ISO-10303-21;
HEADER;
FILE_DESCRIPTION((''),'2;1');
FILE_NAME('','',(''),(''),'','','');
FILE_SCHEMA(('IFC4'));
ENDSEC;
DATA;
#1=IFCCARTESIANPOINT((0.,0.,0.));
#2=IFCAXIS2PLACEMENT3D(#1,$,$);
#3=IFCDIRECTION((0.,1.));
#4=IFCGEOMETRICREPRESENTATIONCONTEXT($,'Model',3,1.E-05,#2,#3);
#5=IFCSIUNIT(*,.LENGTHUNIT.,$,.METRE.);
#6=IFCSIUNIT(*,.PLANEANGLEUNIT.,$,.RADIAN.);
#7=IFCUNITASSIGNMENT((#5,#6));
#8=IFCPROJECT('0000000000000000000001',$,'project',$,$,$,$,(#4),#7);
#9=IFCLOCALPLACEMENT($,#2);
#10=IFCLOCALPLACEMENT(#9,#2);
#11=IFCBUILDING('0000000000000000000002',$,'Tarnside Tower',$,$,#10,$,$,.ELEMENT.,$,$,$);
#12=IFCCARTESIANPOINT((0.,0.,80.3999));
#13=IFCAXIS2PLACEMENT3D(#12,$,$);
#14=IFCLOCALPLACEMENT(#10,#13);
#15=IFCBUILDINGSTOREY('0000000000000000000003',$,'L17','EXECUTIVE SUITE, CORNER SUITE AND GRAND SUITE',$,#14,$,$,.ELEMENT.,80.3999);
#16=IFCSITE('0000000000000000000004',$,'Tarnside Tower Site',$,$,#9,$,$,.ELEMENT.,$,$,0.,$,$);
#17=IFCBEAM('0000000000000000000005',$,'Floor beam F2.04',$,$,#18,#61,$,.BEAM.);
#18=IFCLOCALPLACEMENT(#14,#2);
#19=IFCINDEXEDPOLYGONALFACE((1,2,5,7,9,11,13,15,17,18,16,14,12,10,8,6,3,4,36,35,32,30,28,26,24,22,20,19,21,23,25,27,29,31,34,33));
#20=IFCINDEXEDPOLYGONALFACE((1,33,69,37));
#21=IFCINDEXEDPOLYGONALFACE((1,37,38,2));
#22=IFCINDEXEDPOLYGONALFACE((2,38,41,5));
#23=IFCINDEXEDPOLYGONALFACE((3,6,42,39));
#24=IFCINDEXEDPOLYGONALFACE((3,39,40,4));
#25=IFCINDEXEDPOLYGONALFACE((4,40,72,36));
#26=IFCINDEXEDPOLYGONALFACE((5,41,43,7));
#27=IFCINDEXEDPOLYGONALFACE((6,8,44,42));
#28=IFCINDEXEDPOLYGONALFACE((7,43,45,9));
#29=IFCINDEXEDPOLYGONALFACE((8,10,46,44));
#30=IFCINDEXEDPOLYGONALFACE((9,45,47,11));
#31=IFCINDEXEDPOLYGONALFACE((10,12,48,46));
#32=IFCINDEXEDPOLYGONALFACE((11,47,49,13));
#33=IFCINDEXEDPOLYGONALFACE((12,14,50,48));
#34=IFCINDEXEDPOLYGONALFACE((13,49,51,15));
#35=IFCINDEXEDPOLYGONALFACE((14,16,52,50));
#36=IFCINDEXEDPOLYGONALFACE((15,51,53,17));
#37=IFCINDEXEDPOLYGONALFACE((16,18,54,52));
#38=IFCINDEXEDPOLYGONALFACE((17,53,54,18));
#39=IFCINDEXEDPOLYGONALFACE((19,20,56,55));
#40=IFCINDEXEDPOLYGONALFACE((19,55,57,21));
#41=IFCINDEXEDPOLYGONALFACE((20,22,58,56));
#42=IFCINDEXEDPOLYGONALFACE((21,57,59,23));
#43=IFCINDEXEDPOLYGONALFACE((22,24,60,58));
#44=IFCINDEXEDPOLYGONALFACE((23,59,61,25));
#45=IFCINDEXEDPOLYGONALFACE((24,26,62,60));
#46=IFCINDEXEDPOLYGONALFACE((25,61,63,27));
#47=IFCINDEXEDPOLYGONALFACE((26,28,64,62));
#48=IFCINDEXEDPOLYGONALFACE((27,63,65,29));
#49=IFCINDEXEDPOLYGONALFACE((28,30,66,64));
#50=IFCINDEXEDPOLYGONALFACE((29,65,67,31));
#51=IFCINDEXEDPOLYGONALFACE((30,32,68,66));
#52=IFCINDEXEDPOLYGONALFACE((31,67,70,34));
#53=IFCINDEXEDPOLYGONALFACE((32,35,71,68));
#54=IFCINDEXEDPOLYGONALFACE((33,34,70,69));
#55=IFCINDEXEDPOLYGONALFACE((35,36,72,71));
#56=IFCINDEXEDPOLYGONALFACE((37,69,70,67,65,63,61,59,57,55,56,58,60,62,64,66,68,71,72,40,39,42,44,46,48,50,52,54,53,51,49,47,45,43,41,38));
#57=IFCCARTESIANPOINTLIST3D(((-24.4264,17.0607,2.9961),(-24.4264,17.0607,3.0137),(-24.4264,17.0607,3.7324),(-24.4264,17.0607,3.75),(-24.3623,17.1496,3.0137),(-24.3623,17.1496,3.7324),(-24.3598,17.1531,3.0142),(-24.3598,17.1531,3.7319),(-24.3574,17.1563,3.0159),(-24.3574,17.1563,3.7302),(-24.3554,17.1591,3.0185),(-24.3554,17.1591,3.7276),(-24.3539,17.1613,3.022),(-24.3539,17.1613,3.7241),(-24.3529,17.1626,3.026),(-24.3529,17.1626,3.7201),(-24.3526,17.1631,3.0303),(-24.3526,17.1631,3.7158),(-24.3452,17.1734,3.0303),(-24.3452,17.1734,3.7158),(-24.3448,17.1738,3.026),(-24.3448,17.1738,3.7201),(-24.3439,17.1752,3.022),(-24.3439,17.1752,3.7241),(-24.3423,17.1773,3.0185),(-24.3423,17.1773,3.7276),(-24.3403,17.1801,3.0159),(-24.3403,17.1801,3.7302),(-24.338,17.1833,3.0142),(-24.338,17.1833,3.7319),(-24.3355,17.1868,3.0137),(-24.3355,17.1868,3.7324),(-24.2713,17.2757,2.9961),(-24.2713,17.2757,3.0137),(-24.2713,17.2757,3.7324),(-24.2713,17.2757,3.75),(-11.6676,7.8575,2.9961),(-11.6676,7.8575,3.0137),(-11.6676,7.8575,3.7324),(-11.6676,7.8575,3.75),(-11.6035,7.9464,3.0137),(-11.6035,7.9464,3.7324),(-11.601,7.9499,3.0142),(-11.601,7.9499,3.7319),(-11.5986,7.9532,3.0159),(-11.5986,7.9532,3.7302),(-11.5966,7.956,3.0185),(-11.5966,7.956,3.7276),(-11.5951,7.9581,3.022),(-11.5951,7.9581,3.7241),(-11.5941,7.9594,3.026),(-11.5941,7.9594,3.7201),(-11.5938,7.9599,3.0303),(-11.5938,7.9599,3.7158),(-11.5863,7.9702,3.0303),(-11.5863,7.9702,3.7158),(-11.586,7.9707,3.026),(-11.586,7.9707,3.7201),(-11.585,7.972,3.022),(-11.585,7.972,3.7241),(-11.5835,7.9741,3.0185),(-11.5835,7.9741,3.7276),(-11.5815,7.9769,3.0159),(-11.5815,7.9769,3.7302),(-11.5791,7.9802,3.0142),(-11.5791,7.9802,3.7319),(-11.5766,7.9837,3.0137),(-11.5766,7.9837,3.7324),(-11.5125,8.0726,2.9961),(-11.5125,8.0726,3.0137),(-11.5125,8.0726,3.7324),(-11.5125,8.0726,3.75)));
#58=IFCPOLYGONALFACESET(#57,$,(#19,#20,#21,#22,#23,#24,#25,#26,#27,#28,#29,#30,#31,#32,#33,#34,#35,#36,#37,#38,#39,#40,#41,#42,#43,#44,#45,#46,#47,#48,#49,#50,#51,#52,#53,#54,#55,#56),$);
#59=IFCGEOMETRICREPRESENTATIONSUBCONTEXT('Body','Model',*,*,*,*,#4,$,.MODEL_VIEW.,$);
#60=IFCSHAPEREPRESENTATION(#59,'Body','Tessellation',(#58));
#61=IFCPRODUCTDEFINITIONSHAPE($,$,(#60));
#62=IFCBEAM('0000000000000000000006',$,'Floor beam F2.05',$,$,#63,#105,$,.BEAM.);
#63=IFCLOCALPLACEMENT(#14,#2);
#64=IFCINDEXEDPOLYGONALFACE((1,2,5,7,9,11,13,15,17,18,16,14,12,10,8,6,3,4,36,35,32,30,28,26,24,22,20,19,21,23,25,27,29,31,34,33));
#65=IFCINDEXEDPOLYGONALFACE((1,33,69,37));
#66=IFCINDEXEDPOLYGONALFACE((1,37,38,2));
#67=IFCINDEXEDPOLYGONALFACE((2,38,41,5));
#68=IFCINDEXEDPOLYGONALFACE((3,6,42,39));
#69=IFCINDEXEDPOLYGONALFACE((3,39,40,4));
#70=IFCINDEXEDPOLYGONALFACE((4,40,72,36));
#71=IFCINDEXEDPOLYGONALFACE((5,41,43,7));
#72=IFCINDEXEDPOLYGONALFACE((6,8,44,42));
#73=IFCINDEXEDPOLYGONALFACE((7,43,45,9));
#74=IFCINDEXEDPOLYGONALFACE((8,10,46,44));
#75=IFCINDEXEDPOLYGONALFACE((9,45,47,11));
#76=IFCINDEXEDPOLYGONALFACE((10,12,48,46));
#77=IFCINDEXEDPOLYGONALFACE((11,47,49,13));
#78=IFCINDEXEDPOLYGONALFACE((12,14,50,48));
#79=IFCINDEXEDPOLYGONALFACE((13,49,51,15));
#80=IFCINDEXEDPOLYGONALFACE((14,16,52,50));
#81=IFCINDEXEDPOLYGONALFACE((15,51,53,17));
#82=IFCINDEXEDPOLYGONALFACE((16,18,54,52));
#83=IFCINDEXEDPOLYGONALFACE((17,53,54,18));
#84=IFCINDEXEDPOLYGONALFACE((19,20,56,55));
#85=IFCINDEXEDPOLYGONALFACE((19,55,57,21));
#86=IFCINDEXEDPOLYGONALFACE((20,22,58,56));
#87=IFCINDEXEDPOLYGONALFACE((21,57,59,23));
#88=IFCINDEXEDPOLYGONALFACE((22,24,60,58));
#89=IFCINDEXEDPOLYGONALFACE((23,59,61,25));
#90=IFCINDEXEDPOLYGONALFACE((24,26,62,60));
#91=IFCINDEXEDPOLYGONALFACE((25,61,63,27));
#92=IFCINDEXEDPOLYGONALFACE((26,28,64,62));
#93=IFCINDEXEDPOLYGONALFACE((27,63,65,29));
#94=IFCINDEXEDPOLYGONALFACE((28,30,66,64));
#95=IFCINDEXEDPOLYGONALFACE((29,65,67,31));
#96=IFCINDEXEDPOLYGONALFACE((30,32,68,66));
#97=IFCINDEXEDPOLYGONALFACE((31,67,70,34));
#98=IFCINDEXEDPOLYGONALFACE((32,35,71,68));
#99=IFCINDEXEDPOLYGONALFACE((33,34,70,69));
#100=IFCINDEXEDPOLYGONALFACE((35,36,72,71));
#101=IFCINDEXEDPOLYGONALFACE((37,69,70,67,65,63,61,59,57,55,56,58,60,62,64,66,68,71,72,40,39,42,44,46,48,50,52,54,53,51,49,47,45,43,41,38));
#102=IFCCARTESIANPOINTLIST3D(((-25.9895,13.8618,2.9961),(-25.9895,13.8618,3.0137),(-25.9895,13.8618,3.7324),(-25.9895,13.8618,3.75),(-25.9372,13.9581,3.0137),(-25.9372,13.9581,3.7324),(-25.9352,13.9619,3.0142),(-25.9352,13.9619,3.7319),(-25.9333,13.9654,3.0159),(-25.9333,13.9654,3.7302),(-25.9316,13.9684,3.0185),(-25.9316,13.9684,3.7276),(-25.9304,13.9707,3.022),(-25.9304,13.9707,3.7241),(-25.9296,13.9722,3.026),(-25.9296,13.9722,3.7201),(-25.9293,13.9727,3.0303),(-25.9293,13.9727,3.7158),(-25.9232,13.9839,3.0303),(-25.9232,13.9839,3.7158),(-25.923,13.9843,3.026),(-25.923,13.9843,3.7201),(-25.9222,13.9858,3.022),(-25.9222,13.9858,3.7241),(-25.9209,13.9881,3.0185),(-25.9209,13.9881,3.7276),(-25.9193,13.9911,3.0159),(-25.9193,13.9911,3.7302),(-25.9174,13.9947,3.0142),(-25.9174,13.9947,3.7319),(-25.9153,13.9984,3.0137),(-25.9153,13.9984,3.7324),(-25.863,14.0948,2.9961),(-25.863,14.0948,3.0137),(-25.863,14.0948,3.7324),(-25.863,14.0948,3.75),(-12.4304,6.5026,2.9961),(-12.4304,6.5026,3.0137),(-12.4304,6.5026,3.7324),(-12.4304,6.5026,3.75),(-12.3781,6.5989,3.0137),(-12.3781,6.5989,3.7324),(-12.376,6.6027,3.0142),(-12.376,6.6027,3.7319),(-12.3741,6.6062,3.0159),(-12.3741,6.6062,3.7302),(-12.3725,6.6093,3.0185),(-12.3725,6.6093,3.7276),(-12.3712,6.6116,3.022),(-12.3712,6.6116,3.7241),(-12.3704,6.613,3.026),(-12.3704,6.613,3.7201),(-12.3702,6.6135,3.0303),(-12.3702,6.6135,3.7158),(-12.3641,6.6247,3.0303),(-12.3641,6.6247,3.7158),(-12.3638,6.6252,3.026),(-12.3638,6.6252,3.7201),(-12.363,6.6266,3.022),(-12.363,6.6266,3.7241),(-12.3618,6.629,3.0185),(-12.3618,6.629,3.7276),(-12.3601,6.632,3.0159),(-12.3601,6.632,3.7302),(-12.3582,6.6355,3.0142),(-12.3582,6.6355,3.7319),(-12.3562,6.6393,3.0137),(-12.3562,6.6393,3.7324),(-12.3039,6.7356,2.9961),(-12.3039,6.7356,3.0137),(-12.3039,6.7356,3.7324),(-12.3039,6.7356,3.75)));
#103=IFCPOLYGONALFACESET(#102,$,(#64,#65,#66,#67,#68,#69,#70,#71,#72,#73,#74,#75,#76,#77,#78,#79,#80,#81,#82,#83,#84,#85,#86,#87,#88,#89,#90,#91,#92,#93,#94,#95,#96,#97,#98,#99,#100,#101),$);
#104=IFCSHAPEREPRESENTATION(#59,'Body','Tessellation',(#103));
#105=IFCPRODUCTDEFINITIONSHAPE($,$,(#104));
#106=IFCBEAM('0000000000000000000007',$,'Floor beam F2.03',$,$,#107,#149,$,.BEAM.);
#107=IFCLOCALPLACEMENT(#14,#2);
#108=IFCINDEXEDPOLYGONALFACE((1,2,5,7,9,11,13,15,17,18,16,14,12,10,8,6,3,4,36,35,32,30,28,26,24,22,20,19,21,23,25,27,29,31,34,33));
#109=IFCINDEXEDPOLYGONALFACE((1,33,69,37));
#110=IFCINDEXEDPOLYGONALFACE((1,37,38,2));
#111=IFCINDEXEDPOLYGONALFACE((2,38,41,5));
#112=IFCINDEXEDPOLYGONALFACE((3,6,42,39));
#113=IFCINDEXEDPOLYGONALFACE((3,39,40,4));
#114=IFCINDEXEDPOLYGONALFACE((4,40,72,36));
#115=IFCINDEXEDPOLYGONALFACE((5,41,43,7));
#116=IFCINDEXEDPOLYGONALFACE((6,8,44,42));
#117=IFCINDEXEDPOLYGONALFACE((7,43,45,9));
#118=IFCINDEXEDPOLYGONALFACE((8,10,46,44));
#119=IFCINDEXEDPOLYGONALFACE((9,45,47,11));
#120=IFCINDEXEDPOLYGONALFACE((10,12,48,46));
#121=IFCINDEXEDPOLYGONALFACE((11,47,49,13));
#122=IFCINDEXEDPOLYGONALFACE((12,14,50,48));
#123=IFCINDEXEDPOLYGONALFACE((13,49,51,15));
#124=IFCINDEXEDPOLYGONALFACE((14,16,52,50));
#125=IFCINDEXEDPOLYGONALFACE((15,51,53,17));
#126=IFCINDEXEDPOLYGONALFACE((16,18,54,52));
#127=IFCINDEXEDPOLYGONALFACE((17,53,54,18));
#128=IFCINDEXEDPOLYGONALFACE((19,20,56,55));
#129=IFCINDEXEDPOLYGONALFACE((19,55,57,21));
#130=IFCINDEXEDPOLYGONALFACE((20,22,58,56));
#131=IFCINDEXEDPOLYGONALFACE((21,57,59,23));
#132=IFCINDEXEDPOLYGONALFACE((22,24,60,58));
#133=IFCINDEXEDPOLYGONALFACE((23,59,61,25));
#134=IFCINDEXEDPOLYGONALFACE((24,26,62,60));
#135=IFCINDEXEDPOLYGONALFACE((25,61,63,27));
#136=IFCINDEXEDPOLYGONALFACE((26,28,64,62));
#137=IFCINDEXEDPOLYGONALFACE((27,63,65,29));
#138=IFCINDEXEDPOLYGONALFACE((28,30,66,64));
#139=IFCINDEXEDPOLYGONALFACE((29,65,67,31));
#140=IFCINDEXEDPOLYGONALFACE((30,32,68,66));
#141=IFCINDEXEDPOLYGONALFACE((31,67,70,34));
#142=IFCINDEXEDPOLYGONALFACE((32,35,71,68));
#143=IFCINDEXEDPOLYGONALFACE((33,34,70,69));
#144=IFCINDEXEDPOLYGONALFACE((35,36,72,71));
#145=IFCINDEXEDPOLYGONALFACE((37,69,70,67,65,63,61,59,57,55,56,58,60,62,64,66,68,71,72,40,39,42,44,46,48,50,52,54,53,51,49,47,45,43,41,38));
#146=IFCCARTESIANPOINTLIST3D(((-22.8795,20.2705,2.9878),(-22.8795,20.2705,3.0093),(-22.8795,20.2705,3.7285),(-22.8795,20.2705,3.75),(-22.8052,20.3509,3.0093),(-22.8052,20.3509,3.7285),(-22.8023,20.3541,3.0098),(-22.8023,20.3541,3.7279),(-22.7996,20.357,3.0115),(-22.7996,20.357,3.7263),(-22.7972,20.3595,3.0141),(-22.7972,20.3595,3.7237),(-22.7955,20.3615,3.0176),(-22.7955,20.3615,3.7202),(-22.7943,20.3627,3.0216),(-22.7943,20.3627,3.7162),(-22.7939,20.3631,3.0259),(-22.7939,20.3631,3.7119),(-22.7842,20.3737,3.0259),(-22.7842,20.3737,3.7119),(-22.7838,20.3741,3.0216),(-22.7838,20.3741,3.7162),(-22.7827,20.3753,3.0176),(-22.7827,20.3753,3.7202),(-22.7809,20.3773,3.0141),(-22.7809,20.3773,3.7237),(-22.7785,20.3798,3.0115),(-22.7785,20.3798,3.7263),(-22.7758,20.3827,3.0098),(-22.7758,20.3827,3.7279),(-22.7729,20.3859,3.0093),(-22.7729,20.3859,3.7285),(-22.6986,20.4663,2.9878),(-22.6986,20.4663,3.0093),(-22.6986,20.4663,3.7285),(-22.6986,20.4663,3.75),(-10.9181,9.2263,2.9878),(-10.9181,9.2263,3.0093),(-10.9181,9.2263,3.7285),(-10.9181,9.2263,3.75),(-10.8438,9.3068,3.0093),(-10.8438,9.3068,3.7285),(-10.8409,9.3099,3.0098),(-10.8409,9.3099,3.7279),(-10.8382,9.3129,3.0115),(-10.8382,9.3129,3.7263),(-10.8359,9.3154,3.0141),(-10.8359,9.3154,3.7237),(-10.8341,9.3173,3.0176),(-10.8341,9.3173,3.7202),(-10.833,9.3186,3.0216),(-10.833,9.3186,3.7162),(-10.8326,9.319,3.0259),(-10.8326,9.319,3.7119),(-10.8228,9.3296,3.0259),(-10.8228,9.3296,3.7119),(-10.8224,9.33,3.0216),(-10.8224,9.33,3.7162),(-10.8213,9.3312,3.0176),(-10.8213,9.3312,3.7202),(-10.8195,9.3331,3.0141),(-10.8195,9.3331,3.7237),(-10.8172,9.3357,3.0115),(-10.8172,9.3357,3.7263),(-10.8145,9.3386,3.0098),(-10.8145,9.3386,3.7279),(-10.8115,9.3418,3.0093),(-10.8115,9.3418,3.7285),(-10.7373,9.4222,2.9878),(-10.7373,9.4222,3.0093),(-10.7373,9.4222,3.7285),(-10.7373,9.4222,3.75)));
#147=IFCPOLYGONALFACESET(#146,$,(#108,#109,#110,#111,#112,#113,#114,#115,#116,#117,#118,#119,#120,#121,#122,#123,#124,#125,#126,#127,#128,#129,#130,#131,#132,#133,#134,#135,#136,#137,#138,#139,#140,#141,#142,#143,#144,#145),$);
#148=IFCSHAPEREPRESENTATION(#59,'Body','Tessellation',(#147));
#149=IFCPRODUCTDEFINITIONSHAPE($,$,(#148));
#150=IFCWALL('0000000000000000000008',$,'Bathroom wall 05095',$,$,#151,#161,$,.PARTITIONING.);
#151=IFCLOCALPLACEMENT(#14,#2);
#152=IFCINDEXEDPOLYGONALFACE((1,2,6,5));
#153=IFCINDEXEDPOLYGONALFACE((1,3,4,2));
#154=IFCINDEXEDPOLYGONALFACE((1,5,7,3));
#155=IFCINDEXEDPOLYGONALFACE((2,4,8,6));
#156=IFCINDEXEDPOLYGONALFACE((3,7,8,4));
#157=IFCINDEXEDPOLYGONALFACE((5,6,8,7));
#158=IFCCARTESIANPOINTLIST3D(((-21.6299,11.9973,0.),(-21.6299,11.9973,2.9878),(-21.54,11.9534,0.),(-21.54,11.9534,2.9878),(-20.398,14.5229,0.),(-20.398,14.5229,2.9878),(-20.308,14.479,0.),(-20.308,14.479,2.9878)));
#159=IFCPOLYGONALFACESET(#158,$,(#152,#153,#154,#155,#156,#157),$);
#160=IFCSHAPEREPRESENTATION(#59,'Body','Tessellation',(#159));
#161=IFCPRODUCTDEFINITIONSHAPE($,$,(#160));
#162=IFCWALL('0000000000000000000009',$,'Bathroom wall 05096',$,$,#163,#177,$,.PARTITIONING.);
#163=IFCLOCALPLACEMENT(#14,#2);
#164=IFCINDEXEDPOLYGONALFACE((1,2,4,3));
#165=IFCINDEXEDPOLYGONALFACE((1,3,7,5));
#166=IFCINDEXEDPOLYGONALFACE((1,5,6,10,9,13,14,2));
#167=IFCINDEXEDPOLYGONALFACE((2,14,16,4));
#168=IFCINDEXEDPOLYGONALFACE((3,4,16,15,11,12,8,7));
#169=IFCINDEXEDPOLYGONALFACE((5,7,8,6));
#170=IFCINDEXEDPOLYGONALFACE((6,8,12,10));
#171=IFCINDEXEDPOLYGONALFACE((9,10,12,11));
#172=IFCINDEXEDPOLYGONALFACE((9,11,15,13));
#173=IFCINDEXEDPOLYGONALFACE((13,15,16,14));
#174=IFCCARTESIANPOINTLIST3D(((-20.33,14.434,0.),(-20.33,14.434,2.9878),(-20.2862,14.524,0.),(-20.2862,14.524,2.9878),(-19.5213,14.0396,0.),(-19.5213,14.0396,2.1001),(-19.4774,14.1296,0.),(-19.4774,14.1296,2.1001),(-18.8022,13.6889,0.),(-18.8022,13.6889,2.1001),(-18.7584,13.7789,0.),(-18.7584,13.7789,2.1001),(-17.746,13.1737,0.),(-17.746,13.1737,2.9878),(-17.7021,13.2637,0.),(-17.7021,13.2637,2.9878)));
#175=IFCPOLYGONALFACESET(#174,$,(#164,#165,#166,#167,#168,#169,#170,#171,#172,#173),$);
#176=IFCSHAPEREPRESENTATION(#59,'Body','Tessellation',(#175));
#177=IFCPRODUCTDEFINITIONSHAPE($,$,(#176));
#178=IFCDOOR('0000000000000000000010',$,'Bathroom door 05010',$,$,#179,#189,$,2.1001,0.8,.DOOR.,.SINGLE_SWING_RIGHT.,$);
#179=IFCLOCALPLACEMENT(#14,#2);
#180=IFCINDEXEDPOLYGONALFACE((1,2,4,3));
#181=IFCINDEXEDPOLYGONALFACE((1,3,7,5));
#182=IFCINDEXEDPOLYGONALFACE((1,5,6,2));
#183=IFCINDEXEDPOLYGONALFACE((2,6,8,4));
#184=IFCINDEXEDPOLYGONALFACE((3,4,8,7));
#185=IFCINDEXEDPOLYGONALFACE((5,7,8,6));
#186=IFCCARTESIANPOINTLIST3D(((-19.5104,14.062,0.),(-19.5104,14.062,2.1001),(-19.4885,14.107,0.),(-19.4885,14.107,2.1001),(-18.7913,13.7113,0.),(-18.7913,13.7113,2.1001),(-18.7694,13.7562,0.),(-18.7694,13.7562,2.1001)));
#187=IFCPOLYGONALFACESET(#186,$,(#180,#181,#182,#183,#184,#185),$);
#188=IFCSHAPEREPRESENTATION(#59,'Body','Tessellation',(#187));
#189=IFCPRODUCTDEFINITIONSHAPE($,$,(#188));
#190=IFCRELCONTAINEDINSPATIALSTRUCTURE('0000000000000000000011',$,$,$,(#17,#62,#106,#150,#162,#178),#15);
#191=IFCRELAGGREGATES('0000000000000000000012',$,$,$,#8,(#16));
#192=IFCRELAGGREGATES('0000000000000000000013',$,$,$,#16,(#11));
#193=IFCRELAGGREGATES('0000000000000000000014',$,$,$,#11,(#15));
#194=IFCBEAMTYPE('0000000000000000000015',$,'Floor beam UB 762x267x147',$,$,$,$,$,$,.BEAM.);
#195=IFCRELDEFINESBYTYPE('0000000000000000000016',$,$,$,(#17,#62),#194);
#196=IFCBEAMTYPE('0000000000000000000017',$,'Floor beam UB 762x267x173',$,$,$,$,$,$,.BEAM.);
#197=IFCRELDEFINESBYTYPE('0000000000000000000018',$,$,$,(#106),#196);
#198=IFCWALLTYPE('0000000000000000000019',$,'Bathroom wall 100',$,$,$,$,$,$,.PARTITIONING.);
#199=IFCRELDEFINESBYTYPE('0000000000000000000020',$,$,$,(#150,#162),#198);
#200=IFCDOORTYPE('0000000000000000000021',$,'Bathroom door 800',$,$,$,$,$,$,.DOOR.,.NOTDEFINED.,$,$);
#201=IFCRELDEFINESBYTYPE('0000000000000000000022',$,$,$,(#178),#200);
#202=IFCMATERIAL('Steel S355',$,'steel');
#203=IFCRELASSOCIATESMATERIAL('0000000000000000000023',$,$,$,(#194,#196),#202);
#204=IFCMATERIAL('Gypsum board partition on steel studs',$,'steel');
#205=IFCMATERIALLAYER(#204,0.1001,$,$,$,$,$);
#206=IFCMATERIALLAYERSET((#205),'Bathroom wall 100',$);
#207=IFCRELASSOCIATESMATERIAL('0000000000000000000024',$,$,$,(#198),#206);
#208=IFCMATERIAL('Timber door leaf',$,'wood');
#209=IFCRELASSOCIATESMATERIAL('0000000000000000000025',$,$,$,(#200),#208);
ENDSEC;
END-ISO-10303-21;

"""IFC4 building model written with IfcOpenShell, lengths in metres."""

from ifc_helpers import new_model, si_unit, direction, frame, frame_2d, origin, origin_2d, place, context, subcontext, project, spatial, rectangle, i_section, extrude, material, layer, layer_set, material_profile, profile_set, type_object, element, fill, save


model = new_model("IFC4")

# Units and contexts
model_context = context("Model", 3, precision=1e-05, world=origin(), true_north=direction((0.0, 1.0)))
body_context = subcontext(model_context, "Body", "Model", "MODEL_VIEW")
ifc_project = project(units=[si_unit("LENGTHUNIT", "METRE"), si_unit("PLANEANGLEUNIT", "RADIAN")], contexts=[model_context])

# Site, building, storey
site_placement = place(None, origin())
site = spatial("IfcSite", under=ifc_project, at=site_placement, Name="Tarnside Tower Site", CompositionType="ELEMENT", RefElevation=0.0)
building_placement = place(site_placement, origin())
building = spatial("IfcBuilding", under=site, at=building_placement, Name="Tarnside Tower", CompositionType="ELEMENT")
storey_placement = place(building_placement, frame((0.0, 0.0, 80.3999)))
storey = spatial("IfcBuildingStorey", under=building, at=storey_placement, Name="L17", Description="EXECUTIVE SUITE, CORNER SUITE AND GRAND SUITE", CompositionType="ELEMENT", Elevation=80.3999)

# Beams
ifc_material_1 = material(Name="Steel S355", Category="steel")
ifc_material_profile_1 = material_profile(ifc_material_1, i_section(OverallWidth=0.2651, OverallDepth=0.7539, WebThickness=0.0127, FlangeThickness=0.0176, FilletRadius=0.0166, at=origin_2d()), Name="UB 762x267x147")
ifc_profile_set_1 = profile_set([ifc_material_profile_1], Name="Steel S355")
beam_type_1 = type_object("IfcBeamType", Name="Floor beam UB 762x267x147", PredefinedType="BEAM", material=ifc_profile_set_1)
beam_1_placement = place(storey_placement, frame((-24.3489, 17.1682, 3.373), z_axis=(0.811028, -0.585008, 0.0), x_axis=(0.585008, 0.811028, 0.0)))
element("IfcBeam", 1, at=beam_1_placement, inside=storey, type_object=beam_type_1, Name="Floor beam F2.04", PredefinedType="BEAM", context=body_context, shape_type="SweptSolid", body=[
    extrude(i_section(OverallWidth=0.2651, OverallDepth=0.7539, WebThickness=0.0127, FlangeThickness=0.0176, FilletRadius=0.0166, at=origin_2d()), origin(), (0.0, 0.0, 1.0), 15.7317),
])
beam_2_placement = place(storey_placement, frame((-25.9263, 13.9783, 3.373), z_axis=(0.878895, -0.477016, 0.0), x_axis=(0.477016, 0.878895, 0.0)))
element("IfcBeam", 2, at=beam_2_placement, inside=storey, type_object=beam_type_1, Name="Floor beam F2.05", PredefinedType="BEAM", context=body_context, shape_type="SweptSolid", body=[
    extrude(i_section(OverallWidth=0.2651, OverallDepth=0.7539, WebThickness=0.0127, FlangeThickness=0.0176, FilletRadius=0.0166, at=origin_2d()), origin(), (0.0, 0.0, 1.0), 15.4275),
])
ifc_material_profile_2 = material_profile(ifc_material_1, i_section(OverallWidth=0.2666, OverallDepth=0.7622, WebThickness=0.0144, FlangeThickness=0.0215, FilletRadius=0.0166, at=origin_2d()), Name="UB 762x267x173")
ifc_profile_set_2 = profile_set([ifc_material_profile_2], Name="Steel S355")
beam_type_2 = type_object("IfcBeamType", Name="Floor beam UB 762x267x173", PredefinedType="BEAM", material=ifc_profile_set_2)
beam_3_placement = place(storey_placement, frame((-22.7891, 20.3684, 3.3689), z_axis=(0.734715, -0.678375, 0.0), x_axis=(0.678375, 0.734715, 0.0)))
element("IfcBeam", 3, at=beam_3_placement, inside=storey, type_object=beam_type_2, Name="Floor beam F2.03", PredefinedType="BEAM", context=body_context, shape_type="SweptSolid", body=[
    extrude(i_section(OverallWidth=0.2666, OverallDepth=0.7622, WebThickness=0.0144, FlangeThickness=0.0215, FilletRadius=0.0166, at=origin_2d()), origin(), (0.0, 0.0, 1.0), 16.2803),
])

# Wall
ifc_material_2 = material(Name="Gypsum board partition on steel studs", Category="steel")
ifc_layer_1 = layer(ifc_material_2, 0.1001)
ifc_layer_set_1 = layer_set([ifc_layer_1], Name="Bathroom wall 100")
wall_type_1 = type_object("IfcWallType", Name="Bathroom wall 100", PredefinedType="PARTITIONING", material=ifc_layer_set_1)
wall_1_placement = place(storey_placement, frame((-21.585, 11.9753, 0.0), z_axis=(0.0, 0.0, 1.0), x_axis=(0.4384, 0.89878, 0.0)))
element("IfcWall", 4, at=wall_1_placement, inside=storey, type_object=wall_type_1, Name="Bathroom wall 05095", PredefinedType="PARTITIONING", context=body_context, shape_type="SweptSolid", body=[
    extrude(rectangle(XDim=2.8101, YDim=0.1001, at=frame_2d((1.405, 0.0))), origin(), (0.0, 0.0, 1.0), 2.9878),
])

# Wall, opening, door
wall_2_placement = place(storey_placement, frame((-20.3081, 14.479, 0.0), z_axis=(0.0, 0.0, 1.0), x_axis=(0.898799, -0.43836, 0.0)))
wall_2 = element("IfcWall", 5, at=wall_2_placement, inside=storey, type_object=wall_type_1, Name="Bathroom wall 05096", PredefinedType="PARTITIONING", context=body_context, shape_type="SweptSolid", body=[
    extrude(rectangle(XDim=2.875, YDim=0.1001, at=frame_2d((1.4375, 0.0))), origin(), (0.0, 0.0, 1.0), 2.9878),
])
opening_placement = place(wall_2_placement, frame((0.8999, 0.0, 0.0)))
opening = element("IfcOpeningElement", 6, at=opening_placement, cuts=wall_2, PredefinedType="OPENING", context=body_context, shape_type="SweptSolid", body=[
    extrude(rectangle(XDim=0.8, YDim=2.1001, at=frame_2d((0.3999, 1.05))), frame((0.0, 0.0601, 0.0), z_axis=(0.0, -1.0, 0.0), x_axis=(1.0, 0.0, 0.0)), (0.0, 0.0, 1.0), 0.1201),
])
ifc_material_3 = material(Name="Timber door leaf", Category="wood")
door_type = type_object("IfcDoorType", Name="Bathroom door 800", OperationType="NOTDEFINED", PredefinedType="DOOR", material=ifc_material_3)
door_placement = place(opening_placement, origin())
door = element("IfcDoor", 7, at=door_placement, inside=storey, type_object=door_type, Name="Bathroom door 05010", OperationType="SINGLE_SWING_RIGHT", OverallHeight=2.1001, OverallWidth=0.8, PredefinedType="DOOR", context=body_context, shape_type="SweptSolid", body=[
    extrude(rectangle(XDim=0.8, YDim=2.1001, at=frame_2d((0.3999, 1.05))), frame((0.0, 0.0249, 0.0), z_axis=(0.0, -1.0, 0.0), x_axis=(1.0, 0.0, 0.0)), (0.0, 0.0, 1.0), 0.05),
])
fill(opening, door)

save(model, "model.ifc")
